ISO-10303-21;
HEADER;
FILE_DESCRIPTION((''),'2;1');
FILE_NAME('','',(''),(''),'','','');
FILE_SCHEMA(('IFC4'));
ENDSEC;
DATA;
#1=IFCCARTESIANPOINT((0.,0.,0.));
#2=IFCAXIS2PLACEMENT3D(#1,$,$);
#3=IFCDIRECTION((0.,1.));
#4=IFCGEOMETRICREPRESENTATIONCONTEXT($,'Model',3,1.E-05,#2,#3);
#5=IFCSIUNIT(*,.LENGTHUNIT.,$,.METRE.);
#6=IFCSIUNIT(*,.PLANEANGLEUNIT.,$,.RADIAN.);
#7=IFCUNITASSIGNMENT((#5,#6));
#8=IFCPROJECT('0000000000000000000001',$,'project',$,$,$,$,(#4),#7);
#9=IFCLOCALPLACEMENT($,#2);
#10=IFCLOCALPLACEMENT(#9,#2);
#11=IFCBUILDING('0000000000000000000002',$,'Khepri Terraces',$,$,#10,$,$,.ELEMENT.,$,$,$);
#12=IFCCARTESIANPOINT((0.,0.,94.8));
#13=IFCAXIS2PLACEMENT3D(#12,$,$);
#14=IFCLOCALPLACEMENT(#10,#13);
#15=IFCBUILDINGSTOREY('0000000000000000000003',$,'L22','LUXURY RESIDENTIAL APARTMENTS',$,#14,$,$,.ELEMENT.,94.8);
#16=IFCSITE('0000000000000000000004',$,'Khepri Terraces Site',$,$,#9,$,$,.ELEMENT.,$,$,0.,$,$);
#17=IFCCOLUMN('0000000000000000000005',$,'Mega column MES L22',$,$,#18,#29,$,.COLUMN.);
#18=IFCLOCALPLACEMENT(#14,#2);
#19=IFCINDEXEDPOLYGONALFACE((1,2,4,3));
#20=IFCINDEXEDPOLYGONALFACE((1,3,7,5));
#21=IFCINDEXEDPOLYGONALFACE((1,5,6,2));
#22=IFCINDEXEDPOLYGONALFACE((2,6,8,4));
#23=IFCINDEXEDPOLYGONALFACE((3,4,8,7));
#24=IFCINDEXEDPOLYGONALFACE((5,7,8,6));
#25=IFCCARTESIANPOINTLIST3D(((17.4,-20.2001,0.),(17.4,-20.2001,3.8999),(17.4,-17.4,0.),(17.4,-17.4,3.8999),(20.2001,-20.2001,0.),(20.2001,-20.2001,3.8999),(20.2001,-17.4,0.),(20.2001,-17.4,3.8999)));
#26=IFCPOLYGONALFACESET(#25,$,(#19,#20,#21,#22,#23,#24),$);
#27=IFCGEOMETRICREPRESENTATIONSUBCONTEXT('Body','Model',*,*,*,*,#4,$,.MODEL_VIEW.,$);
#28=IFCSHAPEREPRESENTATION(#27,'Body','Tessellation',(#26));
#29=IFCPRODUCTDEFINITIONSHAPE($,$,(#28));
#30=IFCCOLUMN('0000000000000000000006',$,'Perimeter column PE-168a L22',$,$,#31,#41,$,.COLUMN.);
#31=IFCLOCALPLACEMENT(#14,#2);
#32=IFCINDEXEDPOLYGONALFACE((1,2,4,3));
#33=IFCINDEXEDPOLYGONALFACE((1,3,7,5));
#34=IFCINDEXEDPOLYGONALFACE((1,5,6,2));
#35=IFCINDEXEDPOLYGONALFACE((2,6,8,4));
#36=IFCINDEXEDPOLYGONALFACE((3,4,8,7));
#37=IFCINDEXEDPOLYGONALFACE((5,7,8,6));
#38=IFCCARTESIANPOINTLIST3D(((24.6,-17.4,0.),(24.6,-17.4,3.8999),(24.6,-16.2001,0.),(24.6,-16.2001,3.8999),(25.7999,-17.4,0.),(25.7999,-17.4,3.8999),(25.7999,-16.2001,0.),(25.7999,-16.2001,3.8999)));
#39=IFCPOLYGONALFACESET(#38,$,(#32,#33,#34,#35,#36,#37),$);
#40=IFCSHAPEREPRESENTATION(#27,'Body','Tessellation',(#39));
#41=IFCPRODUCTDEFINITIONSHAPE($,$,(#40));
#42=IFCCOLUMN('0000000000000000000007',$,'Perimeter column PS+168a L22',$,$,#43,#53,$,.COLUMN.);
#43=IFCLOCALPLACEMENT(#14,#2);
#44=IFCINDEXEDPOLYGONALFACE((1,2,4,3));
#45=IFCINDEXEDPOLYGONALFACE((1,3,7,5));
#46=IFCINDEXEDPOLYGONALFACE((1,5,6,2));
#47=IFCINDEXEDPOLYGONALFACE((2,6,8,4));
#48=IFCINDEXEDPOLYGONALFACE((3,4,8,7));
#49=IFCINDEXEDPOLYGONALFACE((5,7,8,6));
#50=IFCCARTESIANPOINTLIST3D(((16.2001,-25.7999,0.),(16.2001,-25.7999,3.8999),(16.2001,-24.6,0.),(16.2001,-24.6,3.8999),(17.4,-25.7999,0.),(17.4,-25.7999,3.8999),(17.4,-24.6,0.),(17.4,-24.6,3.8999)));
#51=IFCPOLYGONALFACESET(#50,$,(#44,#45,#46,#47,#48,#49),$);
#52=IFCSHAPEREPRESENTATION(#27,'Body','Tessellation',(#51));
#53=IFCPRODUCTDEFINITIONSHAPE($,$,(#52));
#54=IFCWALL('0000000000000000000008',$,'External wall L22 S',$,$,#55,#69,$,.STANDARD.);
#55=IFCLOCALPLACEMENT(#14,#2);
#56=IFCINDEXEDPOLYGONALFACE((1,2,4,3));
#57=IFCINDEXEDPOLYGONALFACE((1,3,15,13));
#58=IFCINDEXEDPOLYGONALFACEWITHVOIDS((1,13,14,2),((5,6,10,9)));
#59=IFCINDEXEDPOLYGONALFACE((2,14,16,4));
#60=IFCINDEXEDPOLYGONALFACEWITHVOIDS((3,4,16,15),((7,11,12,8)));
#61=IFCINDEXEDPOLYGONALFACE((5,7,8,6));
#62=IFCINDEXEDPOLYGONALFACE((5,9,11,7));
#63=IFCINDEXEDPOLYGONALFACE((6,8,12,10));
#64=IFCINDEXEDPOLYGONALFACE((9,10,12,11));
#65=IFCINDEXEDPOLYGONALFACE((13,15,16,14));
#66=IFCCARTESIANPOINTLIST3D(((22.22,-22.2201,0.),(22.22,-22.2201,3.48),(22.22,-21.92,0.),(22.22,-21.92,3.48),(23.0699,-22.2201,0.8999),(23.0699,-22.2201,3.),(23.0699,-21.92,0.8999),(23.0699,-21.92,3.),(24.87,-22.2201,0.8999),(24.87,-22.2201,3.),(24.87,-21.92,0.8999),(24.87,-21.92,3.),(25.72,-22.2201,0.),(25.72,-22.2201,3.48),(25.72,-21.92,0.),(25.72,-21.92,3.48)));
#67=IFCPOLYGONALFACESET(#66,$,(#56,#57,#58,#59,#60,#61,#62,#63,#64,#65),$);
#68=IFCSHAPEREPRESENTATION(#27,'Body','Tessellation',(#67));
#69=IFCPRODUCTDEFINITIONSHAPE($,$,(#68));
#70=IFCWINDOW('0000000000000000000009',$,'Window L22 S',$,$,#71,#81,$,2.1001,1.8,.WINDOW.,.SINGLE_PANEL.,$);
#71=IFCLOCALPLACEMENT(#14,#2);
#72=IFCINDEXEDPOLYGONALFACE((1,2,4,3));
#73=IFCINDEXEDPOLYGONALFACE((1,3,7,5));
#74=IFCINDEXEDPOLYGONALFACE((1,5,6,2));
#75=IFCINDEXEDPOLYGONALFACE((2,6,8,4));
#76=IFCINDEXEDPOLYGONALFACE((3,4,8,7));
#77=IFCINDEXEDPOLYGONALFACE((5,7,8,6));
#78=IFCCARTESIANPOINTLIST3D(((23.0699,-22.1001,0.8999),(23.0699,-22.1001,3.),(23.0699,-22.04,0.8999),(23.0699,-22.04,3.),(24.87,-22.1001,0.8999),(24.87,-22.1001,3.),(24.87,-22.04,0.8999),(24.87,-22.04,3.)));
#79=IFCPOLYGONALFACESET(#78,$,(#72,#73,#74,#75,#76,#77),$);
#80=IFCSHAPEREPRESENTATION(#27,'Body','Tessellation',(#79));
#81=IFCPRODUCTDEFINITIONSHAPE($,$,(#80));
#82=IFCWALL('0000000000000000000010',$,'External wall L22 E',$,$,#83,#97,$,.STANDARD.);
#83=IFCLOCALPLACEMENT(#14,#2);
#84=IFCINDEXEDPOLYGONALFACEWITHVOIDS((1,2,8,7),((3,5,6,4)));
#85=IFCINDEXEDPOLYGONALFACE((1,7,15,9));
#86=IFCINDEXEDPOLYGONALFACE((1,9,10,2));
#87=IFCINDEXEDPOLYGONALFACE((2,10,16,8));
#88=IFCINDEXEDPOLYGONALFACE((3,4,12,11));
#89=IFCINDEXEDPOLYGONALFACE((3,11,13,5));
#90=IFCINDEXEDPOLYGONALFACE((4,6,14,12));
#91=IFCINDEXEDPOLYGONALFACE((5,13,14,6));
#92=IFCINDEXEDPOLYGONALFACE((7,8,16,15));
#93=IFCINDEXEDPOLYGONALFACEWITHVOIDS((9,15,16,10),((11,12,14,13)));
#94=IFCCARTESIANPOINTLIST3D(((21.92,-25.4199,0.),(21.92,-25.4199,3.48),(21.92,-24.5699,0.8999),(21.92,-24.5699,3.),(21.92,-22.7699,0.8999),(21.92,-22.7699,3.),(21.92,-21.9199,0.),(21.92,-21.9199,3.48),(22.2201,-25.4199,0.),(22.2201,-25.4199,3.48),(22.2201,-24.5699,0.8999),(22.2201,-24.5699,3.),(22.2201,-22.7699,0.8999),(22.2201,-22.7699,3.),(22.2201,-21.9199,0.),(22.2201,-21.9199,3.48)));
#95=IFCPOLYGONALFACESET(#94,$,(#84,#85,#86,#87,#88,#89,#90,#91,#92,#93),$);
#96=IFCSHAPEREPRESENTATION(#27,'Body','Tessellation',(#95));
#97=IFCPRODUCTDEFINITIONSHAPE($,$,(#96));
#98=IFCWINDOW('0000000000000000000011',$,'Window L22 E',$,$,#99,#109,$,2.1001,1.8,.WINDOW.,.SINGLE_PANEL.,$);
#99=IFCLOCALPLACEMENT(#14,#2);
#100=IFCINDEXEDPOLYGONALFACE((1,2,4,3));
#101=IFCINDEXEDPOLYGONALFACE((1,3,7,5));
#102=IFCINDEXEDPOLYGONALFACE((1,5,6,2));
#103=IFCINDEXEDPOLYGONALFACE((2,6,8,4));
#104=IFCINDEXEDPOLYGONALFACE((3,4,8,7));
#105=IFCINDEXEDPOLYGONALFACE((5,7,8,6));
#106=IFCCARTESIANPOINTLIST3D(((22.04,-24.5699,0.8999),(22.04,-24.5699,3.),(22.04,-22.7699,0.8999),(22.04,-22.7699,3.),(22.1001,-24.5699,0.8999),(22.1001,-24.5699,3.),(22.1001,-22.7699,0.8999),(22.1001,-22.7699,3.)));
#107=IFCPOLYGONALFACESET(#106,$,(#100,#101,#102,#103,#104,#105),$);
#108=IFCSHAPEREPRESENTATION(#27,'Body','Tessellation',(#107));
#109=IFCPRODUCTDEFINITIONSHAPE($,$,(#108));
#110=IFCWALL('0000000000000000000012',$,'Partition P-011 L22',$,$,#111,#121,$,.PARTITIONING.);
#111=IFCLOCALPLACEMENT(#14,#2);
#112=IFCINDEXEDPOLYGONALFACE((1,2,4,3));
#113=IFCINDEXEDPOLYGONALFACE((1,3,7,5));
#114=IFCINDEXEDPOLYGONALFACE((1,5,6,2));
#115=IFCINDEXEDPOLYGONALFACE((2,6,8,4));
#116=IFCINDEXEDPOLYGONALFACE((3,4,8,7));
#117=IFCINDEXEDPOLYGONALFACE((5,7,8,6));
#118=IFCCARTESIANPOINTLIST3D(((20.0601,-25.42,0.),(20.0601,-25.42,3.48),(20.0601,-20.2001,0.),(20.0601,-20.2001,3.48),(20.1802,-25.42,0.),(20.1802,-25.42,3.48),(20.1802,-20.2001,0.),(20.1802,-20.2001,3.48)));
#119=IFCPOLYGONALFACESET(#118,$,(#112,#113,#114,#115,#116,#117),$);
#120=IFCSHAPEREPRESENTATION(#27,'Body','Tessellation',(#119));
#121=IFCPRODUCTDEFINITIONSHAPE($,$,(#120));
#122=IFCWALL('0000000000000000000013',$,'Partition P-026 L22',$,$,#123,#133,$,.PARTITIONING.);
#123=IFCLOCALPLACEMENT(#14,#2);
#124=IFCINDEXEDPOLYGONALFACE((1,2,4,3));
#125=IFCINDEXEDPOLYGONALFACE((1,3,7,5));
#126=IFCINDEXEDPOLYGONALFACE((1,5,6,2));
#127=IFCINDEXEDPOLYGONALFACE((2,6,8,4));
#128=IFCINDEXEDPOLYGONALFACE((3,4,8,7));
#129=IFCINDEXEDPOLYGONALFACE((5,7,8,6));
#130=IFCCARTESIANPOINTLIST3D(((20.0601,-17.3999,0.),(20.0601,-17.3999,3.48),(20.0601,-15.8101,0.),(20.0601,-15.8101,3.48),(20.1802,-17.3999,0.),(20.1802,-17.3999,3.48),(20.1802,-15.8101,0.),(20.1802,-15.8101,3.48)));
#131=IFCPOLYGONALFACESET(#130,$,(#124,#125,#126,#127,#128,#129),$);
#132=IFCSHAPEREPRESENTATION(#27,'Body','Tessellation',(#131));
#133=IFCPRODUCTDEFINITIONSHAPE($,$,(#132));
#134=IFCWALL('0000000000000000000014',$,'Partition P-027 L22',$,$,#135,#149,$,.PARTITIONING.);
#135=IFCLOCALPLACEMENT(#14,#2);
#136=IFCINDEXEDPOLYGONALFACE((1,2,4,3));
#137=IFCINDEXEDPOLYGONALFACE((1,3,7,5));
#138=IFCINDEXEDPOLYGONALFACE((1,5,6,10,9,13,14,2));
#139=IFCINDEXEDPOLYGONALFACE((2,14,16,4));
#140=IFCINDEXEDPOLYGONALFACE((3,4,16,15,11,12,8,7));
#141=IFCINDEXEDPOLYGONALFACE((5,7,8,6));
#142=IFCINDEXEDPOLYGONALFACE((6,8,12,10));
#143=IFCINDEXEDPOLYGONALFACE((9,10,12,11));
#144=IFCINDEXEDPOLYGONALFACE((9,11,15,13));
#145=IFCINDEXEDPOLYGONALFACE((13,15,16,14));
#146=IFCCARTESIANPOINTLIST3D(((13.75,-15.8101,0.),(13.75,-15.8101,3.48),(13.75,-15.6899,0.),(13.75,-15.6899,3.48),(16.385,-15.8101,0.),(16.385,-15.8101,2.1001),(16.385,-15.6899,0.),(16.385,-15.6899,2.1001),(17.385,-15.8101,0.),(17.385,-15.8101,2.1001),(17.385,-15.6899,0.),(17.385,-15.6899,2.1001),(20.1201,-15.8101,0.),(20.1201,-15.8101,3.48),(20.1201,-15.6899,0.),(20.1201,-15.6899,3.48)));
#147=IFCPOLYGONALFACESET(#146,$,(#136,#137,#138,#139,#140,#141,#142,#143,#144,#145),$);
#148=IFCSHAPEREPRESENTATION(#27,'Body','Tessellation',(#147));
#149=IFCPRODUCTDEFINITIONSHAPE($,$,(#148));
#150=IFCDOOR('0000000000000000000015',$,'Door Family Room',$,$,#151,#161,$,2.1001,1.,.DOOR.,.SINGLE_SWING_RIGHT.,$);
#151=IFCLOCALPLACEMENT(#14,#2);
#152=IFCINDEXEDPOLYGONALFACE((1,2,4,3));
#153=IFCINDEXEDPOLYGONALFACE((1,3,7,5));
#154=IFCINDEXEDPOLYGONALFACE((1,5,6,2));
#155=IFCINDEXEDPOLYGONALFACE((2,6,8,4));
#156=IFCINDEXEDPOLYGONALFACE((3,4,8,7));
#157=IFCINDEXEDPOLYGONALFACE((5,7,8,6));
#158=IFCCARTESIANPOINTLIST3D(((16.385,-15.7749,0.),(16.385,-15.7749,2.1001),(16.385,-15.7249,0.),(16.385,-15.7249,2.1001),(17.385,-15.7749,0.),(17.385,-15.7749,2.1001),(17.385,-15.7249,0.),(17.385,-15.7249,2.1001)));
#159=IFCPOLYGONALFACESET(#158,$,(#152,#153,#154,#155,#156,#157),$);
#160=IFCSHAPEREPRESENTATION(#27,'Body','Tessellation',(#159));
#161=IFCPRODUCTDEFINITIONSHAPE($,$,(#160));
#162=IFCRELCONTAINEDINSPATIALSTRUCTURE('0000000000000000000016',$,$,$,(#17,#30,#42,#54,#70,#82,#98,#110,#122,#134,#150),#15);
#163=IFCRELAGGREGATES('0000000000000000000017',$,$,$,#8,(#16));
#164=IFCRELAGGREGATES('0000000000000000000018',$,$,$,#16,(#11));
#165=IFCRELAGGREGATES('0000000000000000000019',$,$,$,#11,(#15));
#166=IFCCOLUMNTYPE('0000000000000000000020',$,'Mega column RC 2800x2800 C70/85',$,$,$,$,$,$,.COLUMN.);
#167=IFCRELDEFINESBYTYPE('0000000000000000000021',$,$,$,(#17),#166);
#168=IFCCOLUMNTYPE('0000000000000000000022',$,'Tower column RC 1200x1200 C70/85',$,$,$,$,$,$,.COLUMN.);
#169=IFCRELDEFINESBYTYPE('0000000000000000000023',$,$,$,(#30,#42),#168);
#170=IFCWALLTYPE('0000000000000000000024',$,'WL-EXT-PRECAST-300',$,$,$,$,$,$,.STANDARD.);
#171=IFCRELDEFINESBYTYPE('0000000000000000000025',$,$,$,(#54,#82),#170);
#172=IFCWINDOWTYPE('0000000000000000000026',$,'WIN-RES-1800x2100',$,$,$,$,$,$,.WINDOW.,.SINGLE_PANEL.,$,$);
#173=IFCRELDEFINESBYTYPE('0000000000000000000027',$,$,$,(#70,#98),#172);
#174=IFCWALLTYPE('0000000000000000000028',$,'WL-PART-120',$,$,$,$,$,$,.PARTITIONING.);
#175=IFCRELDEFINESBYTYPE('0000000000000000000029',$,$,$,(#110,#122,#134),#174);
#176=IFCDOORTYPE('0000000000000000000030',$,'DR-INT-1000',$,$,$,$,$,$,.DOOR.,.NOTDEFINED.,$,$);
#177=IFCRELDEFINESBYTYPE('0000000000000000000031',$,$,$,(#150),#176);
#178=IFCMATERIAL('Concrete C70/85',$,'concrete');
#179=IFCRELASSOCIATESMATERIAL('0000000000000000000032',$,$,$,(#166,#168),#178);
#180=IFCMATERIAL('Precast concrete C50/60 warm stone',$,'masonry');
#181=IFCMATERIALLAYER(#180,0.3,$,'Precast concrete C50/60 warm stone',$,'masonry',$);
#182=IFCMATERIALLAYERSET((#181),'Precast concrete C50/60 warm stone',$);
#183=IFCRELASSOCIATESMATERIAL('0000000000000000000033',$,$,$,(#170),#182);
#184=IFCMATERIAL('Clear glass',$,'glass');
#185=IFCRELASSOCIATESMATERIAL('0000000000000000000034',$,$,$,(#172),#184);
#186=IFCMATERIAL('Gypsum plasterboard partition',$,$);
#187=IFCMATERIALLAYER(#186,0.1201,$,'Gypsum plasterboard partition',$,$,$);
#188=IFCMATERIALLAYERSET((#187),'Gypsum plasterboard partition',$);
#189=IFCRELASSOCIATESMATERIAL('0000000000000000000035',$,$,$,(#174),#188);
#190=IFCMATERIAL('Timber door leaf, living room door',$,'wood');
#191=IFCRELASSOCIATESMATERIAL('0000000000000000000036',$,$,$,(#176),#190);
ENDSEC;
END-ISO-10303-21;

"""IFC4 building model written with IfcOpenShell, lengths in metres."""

from ifc_helpers import new_model, si_unit, direction, frame, frame_2d, origin, origin_2d, place, context, subcontext, project, spatial, rectangle, extrude, material, layer, layer_set, material_profile, profile_set, type_object, element, fill, save


model = new_model("IFC4")

# Units and contexts
model_context = context("Model", 3, precision=1e-05, world=origin(), true_north=direction((0.0, 1.0)))
body_context = subcontext(model_context, "Body", "Model", "MODEL_VIEW")
ifc_project = project(units=[si_unit("LENGTHUNIT", "METRE"), si_unit("PLANEANGLEUNIT", "RADIAN")], contexts=[model_context])

# Site, building, storey
site_placement = place(None, origin())
site = spatial("IfcSite", under=ifc_project, at=site_placement, Name="Khepri Terraces Site", CompositionType="ELEMENT", RefElevation=0.0)
building_placement = place(site_placement, origin())
building = spatial("IfcBuilding", under=site, at=building_placement, Name="Khepri Terraces", CompositionType="ELEMENT")
storey_placement = place(building_placement, frame((0.0, 0.0, 94.8)))
storey = spatial("IfcBuildingStorey", under=building, at=storey_placement, Name="L22", Description="LUXURY RESIDENTIAL APARTMENTS", CompositionType="ELEMENT", Elevation=94.8)

# Columns
ifc_material_1 = material(Name="Concrete C70/85", Category="concrete")
ifc_material_profile_1 = material_profile(ifc_material_1, rectangle(XDim=2.8, YDim=2.8, at=origin_2d()), Name="Concrete C70/85", Category="concrete")
ifc_profile_set_1 = profile_set([ifc_material_profile_1], Name="Concrete C70/85")
column_type_1 = type_object("IfcColumnType", Name="Mega column RC 2800x2800 C70/85", PredefinedType="COLUMN", material=ifc_profile_set_1)
column_placement = place(storey_placement, frame((18.8, -18.8, 0.0), z_axis=(0.0, 0.0, 1.0), x_axis=(1.0, 0.0, 0.0)))
element("IfcColumn", 1, at=column_placement, inside=storey, type_object=column_type_1, Name="Mega column MES L22", PredefinedType="COLUMN", context=body_context, shape_type="SweptSolid", body=[
    extrude(rectangle(XDim=2.8, YDim=2.8, at=origin_2d()), origin(), (0.0, 0.0, 1.0), 3.8999),
])
ifc_material_profile_2 = material_profile(ifc_material_1, rectangle(XDim=1.2, YDim=1.2, at=origin_2d()), Name="Concrete C70/85", Category="concrete")
ifc_profile_set_2 = profile_set([ifc_material_profile_2], Name="Concrete C70/85")
column_type_2 = type_object("IfcColumnType", Name="Tower column RC 1200x1200 C70/85", PredefinedType="COLUMN", material=ifc_profile_set_2)
for number, where, z_axis, x_axis, name in (
    (2, (25.2, -16.8, 0.0), (0.0, 0.0, 1.0), (1.0, 0.0, 0.0), "Perimeter column PE-168a L22"),
    (3, (16.8, -25.2, 0.0), (0.0, 0.0, 1.0), (1.0, 0.0, 0.0), "Perimeter column PS+168a L22"),
):
    element("IfcColumn", number, at=place(storey_placement, frame(where, z_axis=z_axis, x_axis=x_axis)), inside=storey, type_object=column_type_2, Name=name, PredefinedType="COLUMN", context=body_context, shape_type="SweptSolid", body=[
        extrude(rectangle(XDim=1.2, YDim=1.2, at=origin_2d()), origin(), (0.0, 0.0, 1.0), 3.8999),
    ])

# Wall, opening, window
ifc_material_2 = material(Name="Precast concrete C50/60 warm stone", Category="masonry")
ifc_layer_1 = layer(ifc_material_2, 0.3, Name="Precast concrete C50/60 warm stone", Category="masonry")
ifc_layer_set_1 = layer_set([ifc_layer_1], Name="Precast concrete C50/60 warm stone")
wall_type_1 = type_object("IfcWallType", Name="WL-EXT-PRECAST-300", PredefinedType="STANDARD", material=ifc_layer_set_1)
wall_1_placement = place(storey_placement, frame((22.22, -22.0701, 0.0), z_axis=(0.0, 0.0, 1.0), x_axis=(1.0, 0.0, 0.0)))
wall_1 = element("IfcWall", 4, at=wall_1_placement, inside=storey, type_object=wall_type_1, Name="External wall L22 S", PredefinedType="STANDARD", context=body_context, shape_type="SweptSolid", body=[
    extrude(rectangle(XDim=3.5, YDim=0.3, at=frame_2d((1.75, 0.0))), origin(), (0.0, 0.0, 1.0), 3.48),
])
opening_1_placement = place(wall_1_placement, frame((0.8501, 0.0, 0.8999)))
opening_1 = element("IfcOpeningElement", 5, at=opening_1_placement, cuts=wall_1, PredefinedType="OPENING", context=body_context, shape_type="SweptSolid", body=[
    extrude(rectangle(XDim=1.8, YDim=2.1001, at=frame_2d((0.8999, 1.05))), frame((0.0, 0.1602, 0.0), z_axis=(0.0, -1.0, 0.0), x_axis=(1.0, 0.0, 0.0)), (0.0, 0.0, 1.0), 0.3201),
])
ifc_material_3 = material(Name="Clear glass", Category="glass")
window_type = type_object("IfcWindowType", Name="WIN-RES-1800x2100", PartitioningType="SINGLE_PANEL", PredefinedType="WINDOW", material=ifc_material_3)
window_1_placement = place(opening_1_placement, origin())
window_1 = element("IfcWindow", 6, at=window_1_placement, inside=storey, type_object=window_type, Name="Window L22 S", OverallHeight=2.1001, OverallWidth=1.8, PartitioningType="SINGLE_PANEL", PredefinedType="WINDOW", context=body_context, shape_type="SweptSolid", body=[
    extrude(rectangle(XDim=1.8, YDim=2.1001, at=frame_2d((0.8999, 1.05))), frame((0.0, 0.03, 0.0), z_axis=(0.0, -1.0, 0.0), x_axis=(1.0, 0.0, 0.0)), (0.0, 0.0, 1.0), 0.0601),
])
fill(opening_1, window_1)

# Wall, opening, window
wall_2_placement = place(storey_placement, frame((22.0701, -25.4199, 0.0), z_axis=(0.0, 0.0, 1.0), x_axis=(0.0, 1.0, 0.0)))
wall_2 = element("IfcWall", 7, at=wall_2_placement, inside=storey, type_object=wall_type_1, Name="External wall L22 E", PredefinedType="STANDARD", context=body_context, shape_type="SweptSolid", body=[
    extrude(rectangle(XDim=3.5, YDim=0.3, at=frame_2d((1.75, 0.0))), origin(), (0.0, 0.0, 1.0), 3.48),
])
opening_2_placement = place(wall_2_placement, frame((0.8501, 0.0, 0.8999)))
opening_2 = element("IfcOpeningElement", 8, at=opening_2_placement, cuts=wall_2, PredefinedType="OPENING", context=body_context, shape_type="SweptSolid", body=[
    extrude(rectangle(XDim=1.8, YDim=2.1001, at=frame_2d((0.8999, 1.05))), frame((0.0, 0.1602, 0.0), z_axis=(0.0, -1.0, 0.0), x_axis=(1.0, 0.0, 0.0)), (0.0, 0.0, 1.0), 0.3201),
])
window_2_placement = place(opening_2_placement, origin())
window_2 = element("IfcWindow", 9, at=window_2_placement, inside=storey, type_object=window_type, Name="Window L22 E", OverallHeight=2.1001, OverallWidth=1.8, PartitioningType="SINGLE_PANEL", PredefinedType="WINDOW", context=body_context, shape_type="SweptSolid", body=[
    extrude(rectangle(XDim=1.8, YDim=2.1001, at=frame_2d((0.8999, 1.05))), frame((0.0, 0.03, 0.0), z_axis=(0.0, -1.0, 0.0), x_axis=(1.0, 0.0, 0.0)), (0.0, 0.0, 1.0), 0.0601),
])
fill(opening_2, window_2)

# Walls
ifc_material_4 = material(Name="Gypsum plasterboard partition")
ifc_layer_2 = layer(ifc_material_4, 0.1201, Name="Gypsum plasterboard partition")
ifc_layer_set_2 = layer_set([ifc_layer_2], Name="Gypsum plasterboard partition")
wall_type_2 = type_object("IfcWallType", Name="WL-PART-120", PredefinedType="PARTITIONING", material=ifc_layer_set_2)
wall_3_placement = place(storey_placement, frame((20.1201, -25.4199, 0.0), z_axis=(0.0, 0.0, 1.0), x_axis=(0.0, 1.0, 0.0)))
element("IfcWall", 10, at=wall_3_placement, inside=storey, type_object=wall_type_2, Name="Partition P-011 L22", PredefinedType="PARTITIONING", context=body_context, shape_type="SweptSolid", body=[
    extrude(rectangle(XDim=5.22, YDim=0.1201, at=frame_2d((2.6099, 0.0))), origin(), (0.0, 0.0, 1.0), 3.48),
])
wall_4_placement = place(storey_placement, frame((20.1201, -17.3999, 0.0), z_axis=(0.0, 0.0, 1.0), x_axis=(0.0, 1.0, 0.0)))
element("IfcWall", 11, at=wall_4_placement, inside=storey, type_object=wall_type_2, Name="Partition P-026 L22", PredefinedType="PARTITIONING", context=body_context, shape_type="SweptSolid", body=[
    extrude(rectangle(XDim=1.5898, YDim=0.1201, at=frame_2d((0.7949, 0.0))), origin(), (0.0, 0.0, 1.0), 3.48),
])

# Wall, opening, door
wall_5_placement = place(storey_placement, frame((13.75, -15.75, 0.0), z_axis=(0.0, 0.0, 1.0), x_axis=(1.0, 0.0, 0.0)))
wall_5 = element("IfcWall", 12, at=wall_5_placement, inside=storey, type_object=wall_type_2, Name="Partition P-027 L22", PredefinedType="PARTITIONING", context=body_context, shape_type="SweptSolid", body=[
    extrude(rectangle(XDim=6.3701, YDim=0.1201, at=frame_2d((3.1851, 0.0))), origin(), (0.0, 0.0, 1.0), 3.48),
])
opening_3_placement = place(wall_5_placement, frame((2.635, 0.0, 0.0)))
opening_3 = element("IfcOpeningElement", 13, at=opening_3_placement, cuts=wall_5, PredefinedType="OPENING", context=body_context, shape_type="SweptSolid", body=[
    extrude(rectangle(XDim=1.0, YDim=2.1001, at=frame_2d((0.5, 1.05))), frame((0.0, 0.0701, 0.0), z_axis=(0.0, -1.0, 0.0), x_axis=(1.0, 0.0, 0.0)), (0.0, 0.0, 1.0), 0.1401),
])
ifc_material_5 = material(Name="Timber door leaf, living room door", Category="wood")
door_type_1 = type_object("IfcDoorType", Name="DR-INT-1000", OperationType="NOTDEFINED", PredefinedType="DOOR", material=ifc_material_5)
door_1_placement = place(opening_3_placement, frame((1.0, 0.0, 0.0), z_axis=(0.0, 0.0, 1.0), x_axis=(-1.0, 0.0, 0.0)))
door_1 = element("IfcDoor", 14, at=door_1_placement, inside=storey, type_object=door_type_1, Name="Door Family Room", OperationType="SINGLE_SWING_RIGHT", OverallHeight=2.1001, OverallWidth=1.0, PredefinedType="DOOR", context=body_context, shape_type="SweptSolid", body=[
    extrude(rectangle(XDim=1.0, YDim=2.1001, at=frame_2d((0.5, 1.05))), frame((0.0, 0.0249, 0.0), z_axis=(0.0, -1.0, 0.0), x_axis=(1.0, 0.0, 0.0)), (0.0, 0.0, 1.0), 0.05),
])
fill(opening_3, door_1)

save(model, "model.ifc")
